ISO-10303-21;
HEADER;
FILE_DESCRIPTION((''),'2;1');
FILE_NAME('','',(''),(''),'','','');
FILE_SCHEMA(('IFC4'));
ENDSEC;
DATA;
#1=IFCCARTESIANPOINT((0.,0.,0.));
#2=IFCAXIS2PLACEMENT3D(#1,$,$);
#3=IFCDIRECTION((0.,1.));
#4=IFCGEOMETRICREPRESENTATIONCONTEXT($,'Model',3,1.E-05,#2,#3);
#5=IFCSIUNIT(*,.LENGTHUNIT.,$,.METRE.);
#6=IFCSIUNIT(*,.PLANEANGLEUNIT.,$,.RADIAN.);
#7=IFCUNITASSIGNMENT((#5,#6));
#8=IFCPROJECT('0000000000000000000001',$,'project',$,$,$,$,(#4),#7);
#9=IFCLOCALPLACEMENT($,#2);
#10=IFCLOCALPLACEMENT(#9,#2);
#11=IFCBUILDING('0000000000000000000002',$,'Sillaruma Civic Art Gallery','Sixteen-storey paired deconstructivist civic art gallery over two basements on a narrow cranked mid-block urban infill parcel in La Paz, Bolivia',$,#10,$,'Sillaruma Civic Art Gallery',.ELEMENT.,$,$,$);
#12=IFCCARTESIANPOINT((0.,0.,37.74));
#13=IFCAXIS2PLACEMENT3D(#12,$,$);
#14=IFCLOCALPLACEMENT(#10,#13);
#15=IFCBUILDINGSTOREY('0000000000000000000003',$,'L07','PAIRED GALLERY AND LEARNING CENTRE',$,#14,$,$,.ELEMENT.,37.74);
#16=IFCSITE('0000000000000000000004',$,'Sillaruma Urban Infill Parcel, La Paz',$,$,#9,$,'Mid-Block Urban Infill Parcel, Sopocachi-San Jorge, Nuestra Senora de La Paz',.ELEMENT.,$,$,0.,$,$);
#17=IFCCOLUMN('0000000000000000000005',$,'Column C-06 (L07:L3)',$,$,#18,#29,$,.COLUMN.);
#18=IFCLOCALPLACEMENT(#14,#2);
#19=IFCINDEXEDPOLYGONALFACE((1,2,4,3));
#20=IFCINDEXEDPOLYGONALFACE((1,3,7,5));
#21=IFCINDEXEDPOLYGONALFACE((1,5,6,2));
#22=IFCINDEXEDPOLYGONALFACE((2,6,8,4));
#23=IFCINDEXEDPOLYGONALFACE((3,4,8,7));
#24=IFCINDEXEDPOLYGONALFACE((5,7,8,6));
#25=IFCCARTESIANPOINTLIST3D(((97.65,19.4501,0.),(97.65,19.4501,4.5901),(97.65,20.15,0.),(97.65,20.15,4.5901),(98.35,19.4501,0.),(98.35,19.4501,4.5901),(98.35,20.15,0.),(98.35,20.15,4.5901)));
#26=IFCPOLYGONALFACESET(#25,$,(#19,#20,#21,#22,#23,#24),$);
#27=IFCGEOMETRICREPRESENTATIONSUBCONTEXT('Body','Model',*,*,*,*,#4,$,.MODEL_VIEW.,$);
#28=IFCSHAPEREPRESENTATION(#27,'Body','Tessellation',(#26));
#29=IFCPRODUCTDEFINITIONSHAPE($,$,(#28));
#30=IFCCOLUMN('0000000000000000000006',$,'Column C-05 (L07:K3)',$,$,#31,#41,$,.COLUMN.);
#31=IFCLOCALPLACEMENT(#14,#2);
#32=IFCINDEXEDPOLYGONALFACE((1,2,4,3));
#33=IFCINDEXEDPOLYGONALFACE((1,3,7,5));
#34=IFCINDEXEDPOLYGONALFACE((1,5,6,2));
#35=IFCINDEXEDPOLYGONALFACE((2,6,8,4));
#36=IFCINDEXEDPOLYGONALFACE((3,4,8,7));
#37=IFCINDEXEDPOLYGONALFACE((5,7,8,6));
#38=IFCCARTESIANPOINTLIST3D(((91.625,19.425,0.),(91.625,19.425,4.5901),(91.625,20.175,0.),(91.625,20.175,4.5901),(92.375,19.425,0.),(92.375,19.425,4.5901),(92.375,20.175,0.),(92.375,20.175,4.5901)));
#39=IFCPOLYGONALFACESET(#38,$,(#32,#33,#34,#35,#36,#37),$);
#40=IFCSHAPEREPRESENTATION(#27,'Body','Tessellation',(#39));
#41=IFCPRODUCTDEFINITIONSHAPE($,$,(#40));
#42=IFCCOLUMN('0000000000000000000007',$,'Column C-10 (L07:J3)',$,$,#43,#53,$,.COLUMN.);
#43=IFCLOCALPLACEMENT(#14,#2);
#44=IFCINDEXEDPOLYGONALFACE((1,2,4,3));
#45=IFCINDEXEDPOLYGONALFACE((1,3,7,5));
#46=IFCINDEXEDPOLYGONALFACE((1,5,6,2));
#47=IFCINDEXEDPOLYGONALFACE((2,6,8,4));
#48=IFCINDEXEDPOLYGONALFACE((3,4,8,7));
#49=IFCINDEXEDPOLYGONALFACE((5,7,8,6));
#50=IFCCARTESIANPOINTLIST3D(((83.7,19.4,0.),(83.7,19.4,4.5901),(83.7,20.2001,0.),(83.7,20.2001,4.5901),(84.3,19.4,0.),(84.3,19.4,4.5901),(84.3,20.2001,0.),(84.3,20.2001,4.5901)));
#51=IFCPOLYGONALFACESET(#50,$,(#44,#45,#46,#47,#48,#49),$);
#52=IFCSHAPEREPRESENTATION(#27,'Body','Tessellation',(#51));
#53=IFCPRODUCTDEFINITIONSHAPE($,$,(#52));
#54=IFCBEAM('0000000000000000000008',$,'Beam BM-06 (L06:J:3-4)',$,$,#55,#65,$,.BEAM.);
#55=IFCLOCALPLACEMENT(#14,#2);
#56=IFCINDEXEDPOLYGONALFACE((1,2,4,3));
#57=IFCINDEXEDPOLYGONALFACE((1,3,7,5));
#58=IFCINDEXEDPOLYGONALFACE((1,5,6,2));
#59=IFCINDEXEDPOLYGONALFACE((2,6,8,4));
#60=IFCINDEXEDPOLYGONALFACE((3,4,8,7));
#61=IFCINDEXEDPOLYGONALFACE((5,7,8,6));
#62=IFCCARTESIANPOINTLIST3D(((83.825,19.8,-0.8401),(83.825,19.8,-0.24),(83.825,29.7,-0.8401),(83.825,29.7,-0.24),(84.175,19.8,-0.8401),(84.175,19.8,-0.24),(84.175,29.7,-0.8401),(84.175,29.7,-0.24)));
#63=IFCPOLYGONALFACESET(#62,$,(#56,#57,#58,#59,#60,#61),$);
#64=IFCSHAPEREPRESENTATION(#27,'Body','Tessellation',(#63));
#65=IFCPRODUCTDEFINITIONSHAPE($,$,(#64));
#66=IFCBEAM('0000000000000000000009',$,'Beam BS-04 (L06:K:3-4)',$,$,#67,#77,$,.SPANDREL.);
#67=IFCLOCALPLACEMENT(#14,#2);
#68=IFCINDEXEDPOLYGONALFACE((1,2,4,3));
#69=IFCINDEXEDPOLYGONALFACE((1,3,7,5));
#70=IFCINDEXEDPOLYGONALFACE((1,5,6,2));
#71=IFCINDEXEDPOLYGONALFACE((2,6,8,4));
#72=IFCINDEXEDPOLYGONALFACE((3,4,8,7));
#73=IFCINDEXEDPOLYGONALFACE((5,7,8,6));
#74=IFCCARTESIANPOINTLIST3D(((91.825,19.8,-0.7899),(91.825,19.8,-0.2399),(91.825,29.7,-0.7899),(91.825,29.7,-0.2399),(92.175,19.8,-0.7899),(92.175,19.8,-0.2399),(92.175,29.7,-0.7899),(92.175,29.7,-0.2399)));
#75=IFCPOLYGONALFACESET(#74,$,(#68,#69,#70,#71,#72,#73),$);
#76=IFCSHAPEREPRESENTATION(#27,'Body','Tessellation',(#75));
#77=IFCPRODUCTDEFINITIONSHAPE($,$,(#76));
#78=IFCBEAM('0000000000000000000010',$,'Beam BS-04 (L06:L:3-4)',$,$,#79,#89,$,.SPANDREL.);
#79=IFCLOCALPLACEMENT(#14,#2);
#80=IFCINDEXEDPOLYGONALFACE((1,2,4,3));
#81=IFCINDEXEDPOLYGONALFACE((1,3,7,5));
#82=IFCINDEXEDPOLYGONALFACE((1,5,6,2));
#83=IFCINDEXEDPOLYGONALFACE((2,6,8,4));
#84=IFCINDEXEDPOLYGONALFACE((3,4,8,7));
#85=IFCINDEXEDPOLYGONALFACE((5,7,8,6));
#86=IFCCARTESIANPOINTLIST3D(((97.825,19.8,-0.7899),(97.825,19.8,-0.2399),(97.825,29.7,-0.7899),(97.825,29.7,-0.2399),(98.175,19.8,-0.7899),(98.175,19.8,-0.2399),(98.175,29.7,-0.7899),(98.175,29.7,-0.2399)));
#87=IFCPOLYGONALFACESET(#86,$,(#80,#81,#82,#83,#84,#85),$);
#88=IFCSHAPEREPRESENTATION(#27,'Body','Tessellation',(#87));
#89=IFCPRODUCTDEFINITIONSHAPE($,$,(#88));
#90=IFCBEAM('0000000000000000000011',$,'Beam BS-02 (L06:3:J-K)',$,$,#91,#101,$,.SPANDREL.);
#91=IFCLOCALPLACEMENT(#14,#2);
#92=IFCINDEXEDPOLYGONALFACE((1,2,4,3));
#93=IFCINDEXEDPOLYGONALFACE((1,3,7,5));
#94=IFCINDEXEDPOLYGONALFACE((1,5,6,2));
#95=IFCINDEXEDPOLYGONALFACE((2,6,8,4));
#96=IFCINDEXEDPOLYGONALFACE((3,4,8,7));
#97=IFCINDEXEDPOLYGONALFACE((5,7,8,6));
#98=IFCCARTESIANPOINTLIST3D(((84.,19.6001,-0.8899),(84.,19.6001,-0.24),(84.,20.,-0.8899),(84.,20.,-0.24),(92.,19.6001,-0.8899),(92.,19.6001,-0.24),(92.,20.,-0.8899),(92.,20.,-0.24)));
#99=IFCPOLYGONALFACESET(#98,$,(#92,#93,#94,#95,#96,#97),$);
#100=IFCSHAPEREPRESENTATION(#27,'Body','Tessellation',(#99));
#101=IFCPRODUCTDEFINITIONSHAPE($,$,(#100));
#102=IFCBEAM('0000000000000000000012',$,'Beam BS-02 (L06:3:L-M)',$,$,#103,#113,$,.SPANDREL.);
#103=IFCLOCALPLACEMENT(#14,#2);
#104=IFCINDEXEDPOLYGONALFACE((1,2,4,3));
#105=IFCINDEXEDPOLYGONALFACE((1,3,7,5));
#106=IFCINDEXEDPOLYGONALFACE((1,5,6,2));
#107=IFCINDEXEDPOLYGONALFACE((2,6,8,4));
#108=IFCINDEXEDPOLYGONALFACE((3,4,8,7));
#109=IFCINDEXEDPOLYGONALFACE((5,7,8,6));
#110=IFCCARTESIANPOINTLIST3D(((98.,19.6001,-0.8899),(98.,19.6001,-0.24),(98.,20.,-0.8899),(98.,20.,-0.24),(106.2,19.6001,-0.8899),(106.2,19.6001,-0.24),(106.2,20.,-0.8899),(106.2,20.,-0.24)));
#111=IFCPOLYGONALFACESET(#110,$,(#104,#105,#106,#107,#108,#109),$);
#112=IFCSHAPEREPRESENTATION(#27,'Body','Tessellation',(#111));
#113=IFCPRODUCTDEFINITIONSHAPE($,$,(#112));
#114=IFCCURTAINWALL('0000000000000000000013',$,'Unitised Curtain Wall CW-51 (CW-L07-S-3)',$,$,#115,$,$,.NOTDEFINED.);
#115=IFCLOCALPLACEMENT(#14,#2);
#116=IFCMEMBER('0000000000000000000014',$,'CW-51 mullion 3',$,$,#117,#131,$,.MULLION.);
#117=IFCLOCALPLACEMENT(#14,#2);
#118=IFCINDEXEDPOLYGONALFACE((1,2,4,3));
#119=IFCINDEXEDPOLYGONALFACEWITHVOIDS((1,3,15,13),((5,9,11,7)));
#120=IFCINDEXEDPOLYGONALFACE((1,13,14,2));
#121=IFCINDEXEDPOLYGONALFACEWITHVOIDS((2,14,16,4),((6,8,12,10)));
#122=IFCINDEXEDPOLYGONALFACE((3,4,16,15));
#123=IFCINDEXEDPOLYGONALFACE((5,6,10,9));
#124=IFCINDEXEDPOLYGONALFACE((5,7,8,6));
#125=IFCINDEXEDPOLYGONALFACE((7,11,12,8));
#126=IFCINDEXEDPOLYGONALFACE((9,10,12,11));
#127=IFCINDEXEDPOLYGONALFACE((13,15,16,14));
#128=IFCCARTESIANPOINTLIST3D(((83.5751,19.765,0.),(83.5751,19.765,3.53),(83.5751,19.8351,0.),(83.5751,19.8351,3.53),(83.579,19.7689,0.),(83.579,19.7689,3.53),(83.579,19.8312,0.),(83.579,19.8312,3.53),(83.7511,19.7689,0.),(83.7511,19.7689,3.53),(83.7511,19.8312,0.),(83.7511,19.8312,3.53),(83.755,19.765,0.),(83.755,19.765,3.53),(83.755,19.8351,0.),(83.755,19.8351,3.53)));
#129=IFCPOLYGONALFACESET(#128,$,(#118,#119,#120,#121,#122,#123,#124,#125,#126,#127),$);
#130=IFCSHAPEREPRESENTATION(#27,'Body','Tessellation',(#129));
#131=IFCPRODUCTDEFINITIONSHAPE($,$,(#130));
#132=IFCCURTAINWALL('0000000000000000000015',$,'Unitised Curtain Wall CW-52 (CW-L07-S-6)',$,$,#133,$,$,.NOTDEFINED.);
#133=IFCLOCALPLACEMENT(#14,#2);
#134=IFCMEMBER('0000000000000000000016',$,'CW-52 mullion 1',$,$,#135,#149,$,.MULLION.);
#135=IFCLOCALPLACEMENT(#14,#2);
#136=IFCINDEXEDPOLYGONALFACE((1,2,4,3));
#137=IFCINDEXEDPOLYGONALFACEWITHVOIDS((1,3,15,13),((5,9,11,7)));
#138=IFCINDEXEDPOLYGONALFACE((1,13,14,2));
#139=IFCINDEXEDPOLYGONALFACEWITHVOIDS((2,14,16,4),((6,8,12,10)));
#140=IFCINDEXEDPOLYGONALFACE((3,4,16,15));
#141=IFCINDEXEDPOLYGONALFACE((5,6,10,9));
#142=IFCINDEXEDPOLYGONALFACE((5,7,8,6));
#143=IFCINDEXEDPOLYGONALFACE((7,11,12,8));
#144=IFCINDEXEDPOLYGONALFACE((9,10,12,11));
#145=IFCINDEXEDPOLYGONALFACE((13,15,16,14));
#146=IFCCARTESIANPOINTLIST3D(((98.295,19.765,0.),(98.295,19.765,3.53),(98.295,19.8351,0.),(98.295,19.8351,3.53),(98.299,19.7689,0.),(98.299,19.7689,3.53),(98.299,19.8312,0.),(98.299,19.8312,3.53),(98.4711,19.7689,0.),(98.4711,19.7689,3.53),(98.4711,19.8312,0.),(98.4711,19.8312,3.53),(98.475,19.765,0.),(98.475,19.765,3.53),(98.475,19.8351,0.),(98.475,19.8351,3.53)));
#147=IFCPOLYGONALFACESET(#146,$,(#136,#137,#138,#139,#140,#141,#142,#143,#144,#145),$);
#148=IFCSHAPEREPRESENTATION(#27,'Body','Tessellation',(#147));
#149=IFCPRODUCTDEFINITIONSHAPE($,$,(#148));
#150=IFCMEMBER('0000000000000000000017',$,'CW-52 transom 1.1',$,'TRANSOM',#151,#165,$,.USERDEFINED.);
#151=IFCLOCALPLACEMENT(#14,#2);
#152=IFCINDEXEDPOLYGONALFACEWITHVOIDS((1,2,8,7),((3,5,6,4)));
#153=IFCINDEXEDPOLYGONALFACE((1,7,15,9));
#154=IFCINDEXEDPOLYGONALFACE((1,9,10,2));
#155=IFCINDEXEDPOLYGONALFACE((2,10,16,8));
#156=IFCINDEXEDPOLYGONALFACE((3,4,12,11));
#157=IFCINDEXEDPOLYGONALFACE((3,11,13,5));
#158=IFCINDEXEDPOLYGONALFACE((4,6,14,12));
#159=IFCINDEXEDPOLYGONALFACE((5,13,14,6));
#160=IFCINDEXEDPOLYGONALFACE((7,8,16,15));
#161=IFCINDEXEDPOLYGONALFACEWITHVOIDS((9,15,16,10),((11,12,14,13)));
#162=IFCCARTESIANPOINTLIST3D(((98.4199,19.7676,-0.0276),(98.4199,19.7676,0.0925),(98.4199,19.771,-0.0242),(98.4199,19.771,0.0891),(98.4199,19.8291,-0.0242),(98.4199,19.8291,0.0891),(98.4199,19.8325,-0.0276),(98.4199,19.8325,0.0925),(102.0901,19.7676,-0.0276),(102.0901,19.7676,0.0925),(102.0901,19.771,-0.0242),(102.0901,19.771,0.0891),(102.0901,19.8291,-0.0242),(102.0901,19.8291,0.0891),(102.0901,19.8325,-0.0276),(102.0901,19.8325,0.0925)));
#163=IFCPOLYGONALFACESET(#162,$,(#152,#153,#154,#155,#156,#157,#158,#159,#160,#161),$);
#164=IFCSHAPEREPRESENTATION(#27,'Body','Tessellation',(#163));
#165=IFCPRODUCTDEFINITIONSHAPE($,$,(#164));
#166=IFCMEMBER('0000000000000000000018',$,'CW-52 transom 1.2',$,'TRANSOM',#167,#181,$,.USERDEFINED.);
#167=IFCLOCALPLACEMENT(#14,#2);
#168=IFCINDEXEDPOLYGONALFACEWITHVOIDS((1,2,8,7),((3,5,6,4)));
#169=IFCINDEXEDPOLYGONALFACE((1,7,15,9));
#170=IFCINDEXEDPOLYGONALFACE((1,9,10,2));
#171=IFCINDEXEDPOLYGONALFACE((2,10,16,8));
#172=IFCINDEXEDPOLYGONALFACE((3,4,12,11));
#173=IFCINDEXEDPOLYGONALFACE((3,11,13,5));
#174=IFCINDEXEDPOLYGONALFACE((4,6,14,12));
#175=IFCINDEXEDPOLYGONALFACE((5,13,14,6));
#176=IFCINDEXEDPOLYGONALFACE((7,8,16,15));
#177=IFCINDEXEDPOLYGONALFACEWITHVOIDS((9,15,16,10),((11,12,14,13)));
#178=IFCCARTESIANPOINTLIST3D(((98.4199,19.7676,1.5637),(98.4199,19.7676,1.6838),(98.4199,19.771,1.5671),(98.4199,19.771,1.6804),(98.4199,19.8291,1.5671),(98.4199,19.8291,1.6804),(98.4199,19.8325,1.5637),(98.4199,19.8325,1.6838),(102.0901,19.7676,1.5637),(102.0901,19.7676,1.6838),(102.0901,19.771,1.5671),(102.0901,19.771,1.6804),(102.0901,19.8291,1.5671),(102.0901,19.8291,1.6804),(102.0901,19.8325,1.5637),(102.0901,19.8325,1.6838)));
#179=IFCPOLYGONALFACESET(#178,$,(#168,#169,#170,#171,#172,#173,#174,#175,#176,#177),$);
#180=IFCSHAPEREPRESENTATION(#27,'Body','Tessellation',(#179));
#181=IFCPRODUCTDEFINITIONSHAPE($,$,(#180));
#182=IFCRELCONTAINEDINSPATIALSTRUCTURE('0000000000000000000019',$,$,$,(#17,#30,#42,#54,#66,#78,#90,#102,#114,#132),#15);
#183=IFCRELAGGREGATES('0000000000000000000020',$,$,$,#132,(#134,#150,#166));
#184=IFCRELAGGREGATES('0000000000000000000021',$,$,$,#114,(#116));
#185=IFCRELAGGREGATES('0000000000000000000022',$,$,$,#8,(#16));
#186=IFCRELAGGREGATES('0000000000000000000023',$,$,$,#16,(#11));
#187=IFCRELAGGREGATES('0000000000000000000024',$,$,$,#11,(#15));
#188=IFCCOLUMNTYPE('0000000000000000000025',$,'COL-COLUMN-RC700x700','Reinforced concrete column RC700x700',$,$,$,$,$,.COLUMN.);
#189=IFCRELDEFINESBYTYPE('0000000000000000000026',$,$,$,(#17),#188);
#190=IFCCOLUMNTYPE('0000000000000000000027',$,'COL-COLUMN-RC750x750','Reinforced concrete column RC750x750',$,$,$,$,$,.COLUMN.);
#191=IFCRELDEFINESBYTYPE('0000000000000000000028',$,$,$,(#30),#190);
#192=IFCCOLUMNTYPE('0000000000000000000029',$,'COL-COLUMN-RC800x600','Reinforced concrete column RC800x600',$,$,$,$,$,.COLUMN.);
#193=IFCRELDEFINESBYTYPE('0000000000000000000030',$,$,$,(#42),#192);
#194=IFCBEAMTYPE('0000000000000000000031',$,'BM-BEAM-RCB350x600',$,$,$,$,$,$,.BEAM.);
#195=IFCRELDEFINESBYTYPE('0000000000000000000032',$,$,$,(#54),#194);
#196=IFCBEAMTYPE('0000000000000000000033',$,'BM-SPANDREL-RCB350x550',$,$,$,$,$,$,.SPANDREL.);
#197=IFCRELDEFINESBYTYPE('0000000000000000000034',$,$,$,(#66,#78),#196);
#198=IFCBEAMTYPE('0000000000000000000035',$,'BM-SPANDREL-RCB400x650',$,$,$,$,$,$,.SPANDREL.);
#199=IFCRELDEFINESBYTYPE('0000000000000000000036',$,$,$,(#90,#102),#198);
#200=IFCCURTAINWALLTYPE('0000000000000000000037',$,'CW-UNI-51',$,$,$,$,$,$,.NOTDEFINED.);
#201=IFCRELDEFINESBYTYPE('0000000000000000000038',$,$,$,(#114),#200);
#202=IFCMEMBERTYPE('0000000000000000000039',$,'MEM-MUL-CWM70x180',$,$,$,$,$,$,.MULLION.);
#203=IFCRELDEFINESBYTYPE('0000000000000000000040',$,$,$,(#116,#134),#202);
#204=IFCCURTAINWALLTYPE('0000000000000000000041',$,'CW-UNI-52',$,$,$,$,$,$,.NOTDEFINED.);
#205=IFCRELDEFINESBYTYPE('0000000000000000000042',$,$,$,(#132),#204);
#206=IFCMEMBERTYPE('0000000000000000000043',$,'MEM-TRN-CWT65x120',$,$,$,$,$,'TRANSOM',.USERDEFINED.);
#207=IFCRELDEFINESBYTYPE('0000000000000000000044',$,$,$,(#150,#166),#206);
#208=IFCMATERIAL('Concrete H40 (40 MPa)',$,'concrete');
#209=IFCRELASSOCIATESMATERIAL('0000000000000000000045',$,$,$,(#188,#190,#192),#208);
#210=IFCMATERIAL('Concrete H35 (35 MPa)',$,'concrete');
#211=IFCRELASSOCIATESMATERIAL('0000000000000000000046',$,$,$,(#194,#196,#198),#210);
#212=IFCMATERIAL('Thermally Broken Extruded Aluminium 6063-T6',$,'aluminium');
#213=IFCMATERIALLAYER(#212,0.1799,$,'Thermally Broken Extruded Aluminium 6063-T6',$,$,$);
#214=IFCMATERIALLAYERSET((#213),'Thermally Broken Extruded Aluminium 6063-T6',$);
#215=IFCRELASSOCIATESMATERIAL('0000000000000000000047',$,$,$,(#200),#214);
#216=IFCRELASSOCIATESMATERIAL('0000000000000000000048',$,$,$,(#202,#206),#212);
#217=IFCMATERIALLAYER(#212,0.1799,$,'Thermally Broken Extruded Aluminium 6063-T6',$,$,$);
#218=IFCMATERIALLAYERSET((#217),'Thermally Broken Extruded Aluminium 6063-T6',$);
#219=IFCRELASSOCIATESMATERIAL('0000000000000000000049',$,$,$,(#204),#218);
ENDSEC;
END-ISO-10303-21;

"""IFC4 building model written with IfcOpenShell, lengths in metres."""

from ifc_helpers import new_model, si_unit, direction, frame, origin, origin_2d, place, context, subcontext, project, spatial, rectangle, hollow_rectangle, extrude, material, layer, layer_set, material_profile, profile_set, type_object, element, aggregate, save


model = new_model("IFC4")

# Units and contexts
model_context = context("Model", 3, precision=1e-05, world=origin(), true_north=direction((0.0, 1.0)))
body_context = subcontext(model_context, "Body", "Model", "MODEL_VIEW")
ifc_project = project(units=[si_unit("LENGTHUNIT", "METRE"), si_unit("PLANEANGLEUNIT", "RADIAN")], contexts=[model_context])

# Site, building, storey
site_placement = place(None, origin())
site = spatial("IfcSite", under=ifc_project, at=site_placement, Name="Sillaruma Urban Infill Parcel, La Paz", LongName="Mid-Block Urban Infill Parcel, Sopocachi-San Jorge, Nuestra Senora de La Paz", CompositionType="ELEMENT", RefElevation=0.0)
building_placement = place(site_placement, origin())
building = spatial("IfcBuilding", under=site, at=building_placement, Name="Sillaruma Civic Art Gallery", Description="Sixteen-storey paired deconstructivist civic art gallery over two basements on a narrow cranked mid-block urban infill parcel in La Paz, Bolivia", LongName="Sillaruma Civic Art Gallery", CompositionType="ELEMENT")
storey_placement = place(building_placement, frame((0.0, 0.0, 37.74)))
storey = spatial("IfcBuildingStorey", under=building, at=storey_placement, Name="L07", Description="PAIRED GALLERY AND LEARNING CENTRE", CompositionType="ELEMENT", Elevation=37.74)

# Columns
ifc_material_1 = material(Name="Concrete H40 (40 MPa)", Category="concrete")
ifc_material_profile_1 = material_profile(ifc_material_1, rectangle(XDim=0.7, YDim=0.7, at=origin_2d()), Name="RC700x700")
ifc_profile_set_1 = profile_set([ifc_material_profile_1], Name="Concrete H40 (40 MPa)")
column_type_1 = type_object("IfcColumnType", Name="COL-COLUMN-RC700x700", Description="Reinforced concrete column RC700x700", PredefinedType="COLUMN", material=ifc_profile_set_1)
column_1_placement = place(storey_placement, frame((98.0, 19.8, 0.0), z_axis=(0.0, 0.0, 1.0), x_axis=(1.0, 0.0, 0.0)))
element("IfcColumn", 1, at=column_1_placement, inside=storey, type_object=column_type_1, Name="Column C-06 (L07:L3)", PredefinedType="COLUMN", context=body_context, shape_type="SweptSolid", body=[
    extrude(rectangle(XDim=0.7, YDim=0.7, at=origin_2d()), origin(), (0.0, 0.0, 1.0), 4.5901),
])
ifc_material_profile_2 = material_profile(ifc_material_1, rectangle(XDim=0.75, YDim=0.75, at=origin_2d()), Name="RC750x750")
ifc_profile_set_2 = profile_set([ifc_material_profile_2], Name="Concrete H40 (40 MPa)")
column_type_2 = type_object("IfcColumnType", Name="COL-COLUMN-RC750x750", Description="Reinforced concrete column RC750x750", PredefinedType="COLUMN", material=ifc_profile_set_2)
column_2_placement = place(storey_placement, frame((92.0, 19.8, 0.0), z_axis=(0.0, 0.0, 1.0), x_axis=(1.0, 0.0, 0.0)))
element("IfcColumn", 2, at=column_2_placement, inside=storey, type_object=column_type_2, Name="Column C-05 (L07:K3)", PredefinedType="COLUMN", context=body_context, shape_type="SweptSolid", body=[
    extrude(rectangle(XDim=0.75, YDim=0.75, at=origin_2d()), origin(), (0.0, 0.0, 1.0), 4.5901),
])
ifc_material_profile_3 = material_profile(ifc_material_1, rectangle(XDim=0.6001, YDim=0.8, at=origin_2d()), Name="RC800x600")
ifc_profile_set_3 = profile_set([ifc_material_profile_3], Name="Concrete H40 (40 MPa)")
column_type_3 = type_object("IfcColumnType", Name="COL-COLUMN-RC800x600", Description="Reinforced concrete column RC800x600", PredefinedType="COLUMN", material=ifc_profile_set_3)
column_3_placement = place(storey_placement, frame((84.0, 19.8, 0.0), z_axis=(0.0, 0.0, 1.0), x_axis=(1.0, 0.0, 0.0)))
element("IfcColumn", 3, at=column_3_placement, inside=storey, type_object=column_type_3, Name="Column C-10 (L07:J3)", PredefinedType="COLUMN", context=body_context, shape_type="SweptSolid", body=[
    extrude(rectangle(XDim=0.6001, YDim=0.8, at=origin_2d()), origin(), (0.0, 0.0, 1.0), 4.5901),
])

# Beams
ifc_material_2 = material(Name="Concrete H35 (35 MPa)", Category="concrete")
ifc_material_profile_4 = material_profile(ifc_material_2, rectangle(XDim=0.3501, YDim=0.6001, at=origin_2d()), Name="RCB350x600")
ifc_profile_set_4 = profile_set([ifc_material_profile_4], Name="Concrete H35 (35 MPa)")
beam_type_1 = type_object("IfcBeamType", Name="BM-BEAM-RCB350x600", PredefinedType="BEAM", material=ifc_profile_set_4)
beam_1_placement = place(storey_placement, frame((84.0, 19.8, -0.54), z_axis=(0.0, 1.0, 0.0), x_axis=(-1.0, 0.0, 0.0)))
element("IfcBeam", 4, at=beam_1_placement, inside=storey, type_object=beam_type_1, Name="Beam BM-06 (L06:J:3-4)", PredefinedType="BEAM", context=body_context, shape_type="SweptSolid", body=[
    extrude(rectangle(XDim=0.3501, YDim=0.6001, at=origin_2d()), origin(), (0.0, 0.0, 1.0), 9.8999),
])
ifc_material_profile_5 = material_profile(ifc_material_2, rectangle(XDim=0.3501, YDim=0.55, at=origin_2d()), Name="RCB350x550")
ifc_profile_set_5 = profile_set([ifc_material_profile_5], Name="Concrete H35 (35 MPa)")
beam_type_2 = type_object("IfcBeamType", Name="BM-SPANDREL-RCB350x550", PredefinedType="SPANDREL", material=ifc_profile_set_5)
for number, where, z_axis, x_axis, name in (
    (5, (92.0, 19.8, -0.5149), (0.0, 1.0, 0.0), (-1.0, 0.0, 0.0), "Beam BS-04 (L06:K:3-4)"),
    (6, (98.0, 19.8, -0.5149), (0.0, 1.0, 0.0), (-1.0, 0.0, 0.0), "Beam BS-04 (L06:L:3-4)"),
):
    element("IfcBeam", number, at=place(storey_placement, frame(where, z_axis=z_axis, x_axis=x_axis)), inside=storey, type_object=beam_type_2, Name=name, PredefinedType="SPANDREL", context=body_context, shape_type="SweptSolid", body=[
        extrude(rectangle(XDim=0.3501, YDim=0.55, at=origin_2d()), origin(), (0.0, 0.0, 1.0), 9.8999),
    ])
ifc_material_profile_6 = material_profile(ifc_material_2, rectangle(XDim=0.3999, YDim=0.6499, at=origin_2d()), Name="RCB400x650")
ifc_profile_set_6 = profile_set([ifc_material_profile_6], Name="Concrete H35 (35 MPa)")
beam_type_3 = type_object("IfcBeamType", Name="BM-SPANDREL-RCB400x650", PredefinedType="SPANDREL", material=ifc_profile_set_6)
beam_2_placement = place(storey_placement, frame((84.0, 19.8, -0.5649), z_axis=(1.0, 0.0, 0.0), x_axis=(0.0, 1.0, 0.0)))
element("IfcBeam", 7, at=beam_2_placement, inside=storey, type_object=beam_type_3, Name="Beam BS-02 (L06:3:J-K)", PredefinedType="SPANDREL", context=body_context, shape_type="SweptSolid", body=[
    extrude(rectangle(XDim=0.3999, YDim=0.6499, at=origin_2d()), origin(), (0.0, 0.0, 1.0), 8.0),
])
beam_3_placement = place(storey_placement, frame((98.0, 19.8, -0.5649), z_axis=(1.0, 0.0, 0.0), x_axis=(0.0, 1.0, 0.0)))
element("IfcBeam", 8, at=beam_3_placement, inside=storey, type_object=beam_type_3, Name="Beam BS-02 (L06:3:L-M)", PredefinedType="SPANDREL", context=body_context, shape_type="SweptSolid", body=[
    extrude(rectangle(XDim=0.3999, YDim=0.6499, at=origin_2d()), origin(), (0.0, 0.0, 1.0), 8.2),
])

# Curtain wall, member
ifc_material_3 = material(Name="Thermally Broken Extruded Aluminium 6063-T6", Category="aluminium")
ifc_layer_1 = layer(ifc_material_3, 0.1799, Name="Thermally Broken Extruded Aluminium 6063-T6")
ifc_layer_set_1 = layer_set([ifc_layer_1], Name="Thermally Broken Extruded Aluminium 6063-T6")
curtain_wall_type_1 = type_object("IfcCurtainWallType", Name="CW-UNI-51", PredefinedType="NOTDEFINED", material=ifc_layer_set_1)
curtain_wall_1_placement = place(storey_placement, origin())
curtain_wall_1 = element("IfcCurtainWall", 9, at=curtain_wall_1_placement, inside=storey, type_object=curtain_wall_type_1, Name="Unitised Curtain Wall CW-51 (CW-L07-S-3)", PredefinedType="NOTDEFINED")
ifc_material_profile_7 = material_profile(ifc_material_3, hollow_rectangle(XDim=0.0701, YDim=0.1799, WallThickness=0.0039, at=origin_2d()), Name="CWM70x180")
ifc_profile_set_7 = profile_set([ifc_material_profile_7], Name="Thermally Broken Extruded Aluminium 6063-T6")
member_type_1 = type_object("IfcMemberType", Name="MEM-MUL-CWM70x180", PredefinedType="MULLION", material=ifc_profile_set_7)
member_1_placement = place(storey_placement, frame((83.665, 19.8, 0.0), z_axis=(0.0, 0.0, 1.0), x_axis=(0.0, 1.0, 0.0)))
member_1 = element("IfcMember", 10, at=member_1_placement, type_object=member_type_1, Name="CW-51 mullion 3", PredefinedType="MULLION", context=body_context, shape_type="SweptSolid", body=[
    extrude(hollow_rectangle(XDim=0.0701, YDim=0.1799, WallThickness=0.0039, at=origin_2d()), origin(), (0.0, 0.0, 1.0), 3.53),
])

# Curtain wall, members
ifc_layer_2 = layer(ifc_material_3, 0.1799, Name="Thermally Broken Extruded Aluminium 6063-T6")
ifc_layer_set_2 = layer_set([ifc_layer_2], Name="Thermally Broken Extruded Aluminium 6063-T6")
curtain_wall_type_2 = type_object("IfcCurtainWallType", Name="CW-UNI-52", PredefinedType="NOTDEFINED", material=ifc_layer_set_2)
curtain_wall_2_placement = place(storey_placement, origin())
curtain_wall_2 = element("IfcCurtainWall", 11, at=curtain_wall_2_placement, inside=storey, type_object=curtain_wall_type_2, Name="Unitised Curtain Wall CW-52 (CW-L07-S-6)", PredefinedType="NOTDEFINED")
member_2_placement = place(storey_placement, frame((98.385, 19.8, 0.0), z_axis=(0.0, 0.0, 1.0), x_axis=(0.0, 1.0, 0.0)))
member_2 = element("IfcMember", 12, at=member_2_placement, type_object=member_type_1, Name="CW-52 mullion 1", PredefinedType="MULLION", context=body_context, shape_type="SweptSolid", body=[
    extrude(hollow_rectangle(XDim=0.0701, YDim=0.1799, WallThickness=0.0039, at=origin_2d()), origin(), (0.0, 0.0, 1.0), 3.53),
])
ifc_material_profile_8 = material_profile(ifc_material_3, hollow_rectangle(XDim=0.0649, YDim=0.1201, WallThickness=0.0034, at=origin_2d()), Name="CWT65x120")
ifc_profile_set_8 = profile_set([ifc_material_profile_8], Name="Thermally Broken Extruded Aluminium 6063-T6")
member_type_2 = type_object("IfcMemberType", Name="MEM-TRN-CWT65x120", ElementType="TRANSOM", PredefinedType="USERDEFINED", material=ifc_profile_set_8)
member_3_placement = place(storey_placement, frame((98.4199, 19.8, 0.0325), z_axis=(1.0, 0.0, 0.0), x_axis=(0.0, 1.0, 0.0)))
member_3 = element("IfcMember", 13, at=member_3_placement, type_object=member_type_2, Name="CW-52 transom 1.1", ObjectType="TRANSOM", PredefinedType="USERDEFINED", context=body_context, shape_type="SweptSolid", body=[
    extrude(hollow_rectangle(XDim=0.0649, YDim=0.1201, WallThickness=0.0034, at=origin_2d()), origin(), (0.0, 0.0, 1.0), 3.6702),
])
member_4_placement = place(storey_placement, frame((98.4199, 19.8, 1.6238), z_axis=(1.0, 0.0, 0.0), x_axis=(0.0, 1.0, 0.0)))
member_4 = element("IfcMember", 14, at=member_4_placement, type_object=member_type_2, Name="CW-52 transom 1.2", ObjectType="TRANSOM", PredefinedType="USERDEFINED", context=body_context, shape_type="SweptSolid", body=[
    extrude(hollow_rectangle(XDim=0.0649, YDim=0.1201, WallThickness=0.0034, at=origin_2d()), origin(), (0.0, 0.0, 1.0), 3.6702),
])
aggregate(curtain_wall_2, [member_2, member_3, member_4])

aggregate(curtain_wall_1, [member_1])

save(model, "model.ifc")
